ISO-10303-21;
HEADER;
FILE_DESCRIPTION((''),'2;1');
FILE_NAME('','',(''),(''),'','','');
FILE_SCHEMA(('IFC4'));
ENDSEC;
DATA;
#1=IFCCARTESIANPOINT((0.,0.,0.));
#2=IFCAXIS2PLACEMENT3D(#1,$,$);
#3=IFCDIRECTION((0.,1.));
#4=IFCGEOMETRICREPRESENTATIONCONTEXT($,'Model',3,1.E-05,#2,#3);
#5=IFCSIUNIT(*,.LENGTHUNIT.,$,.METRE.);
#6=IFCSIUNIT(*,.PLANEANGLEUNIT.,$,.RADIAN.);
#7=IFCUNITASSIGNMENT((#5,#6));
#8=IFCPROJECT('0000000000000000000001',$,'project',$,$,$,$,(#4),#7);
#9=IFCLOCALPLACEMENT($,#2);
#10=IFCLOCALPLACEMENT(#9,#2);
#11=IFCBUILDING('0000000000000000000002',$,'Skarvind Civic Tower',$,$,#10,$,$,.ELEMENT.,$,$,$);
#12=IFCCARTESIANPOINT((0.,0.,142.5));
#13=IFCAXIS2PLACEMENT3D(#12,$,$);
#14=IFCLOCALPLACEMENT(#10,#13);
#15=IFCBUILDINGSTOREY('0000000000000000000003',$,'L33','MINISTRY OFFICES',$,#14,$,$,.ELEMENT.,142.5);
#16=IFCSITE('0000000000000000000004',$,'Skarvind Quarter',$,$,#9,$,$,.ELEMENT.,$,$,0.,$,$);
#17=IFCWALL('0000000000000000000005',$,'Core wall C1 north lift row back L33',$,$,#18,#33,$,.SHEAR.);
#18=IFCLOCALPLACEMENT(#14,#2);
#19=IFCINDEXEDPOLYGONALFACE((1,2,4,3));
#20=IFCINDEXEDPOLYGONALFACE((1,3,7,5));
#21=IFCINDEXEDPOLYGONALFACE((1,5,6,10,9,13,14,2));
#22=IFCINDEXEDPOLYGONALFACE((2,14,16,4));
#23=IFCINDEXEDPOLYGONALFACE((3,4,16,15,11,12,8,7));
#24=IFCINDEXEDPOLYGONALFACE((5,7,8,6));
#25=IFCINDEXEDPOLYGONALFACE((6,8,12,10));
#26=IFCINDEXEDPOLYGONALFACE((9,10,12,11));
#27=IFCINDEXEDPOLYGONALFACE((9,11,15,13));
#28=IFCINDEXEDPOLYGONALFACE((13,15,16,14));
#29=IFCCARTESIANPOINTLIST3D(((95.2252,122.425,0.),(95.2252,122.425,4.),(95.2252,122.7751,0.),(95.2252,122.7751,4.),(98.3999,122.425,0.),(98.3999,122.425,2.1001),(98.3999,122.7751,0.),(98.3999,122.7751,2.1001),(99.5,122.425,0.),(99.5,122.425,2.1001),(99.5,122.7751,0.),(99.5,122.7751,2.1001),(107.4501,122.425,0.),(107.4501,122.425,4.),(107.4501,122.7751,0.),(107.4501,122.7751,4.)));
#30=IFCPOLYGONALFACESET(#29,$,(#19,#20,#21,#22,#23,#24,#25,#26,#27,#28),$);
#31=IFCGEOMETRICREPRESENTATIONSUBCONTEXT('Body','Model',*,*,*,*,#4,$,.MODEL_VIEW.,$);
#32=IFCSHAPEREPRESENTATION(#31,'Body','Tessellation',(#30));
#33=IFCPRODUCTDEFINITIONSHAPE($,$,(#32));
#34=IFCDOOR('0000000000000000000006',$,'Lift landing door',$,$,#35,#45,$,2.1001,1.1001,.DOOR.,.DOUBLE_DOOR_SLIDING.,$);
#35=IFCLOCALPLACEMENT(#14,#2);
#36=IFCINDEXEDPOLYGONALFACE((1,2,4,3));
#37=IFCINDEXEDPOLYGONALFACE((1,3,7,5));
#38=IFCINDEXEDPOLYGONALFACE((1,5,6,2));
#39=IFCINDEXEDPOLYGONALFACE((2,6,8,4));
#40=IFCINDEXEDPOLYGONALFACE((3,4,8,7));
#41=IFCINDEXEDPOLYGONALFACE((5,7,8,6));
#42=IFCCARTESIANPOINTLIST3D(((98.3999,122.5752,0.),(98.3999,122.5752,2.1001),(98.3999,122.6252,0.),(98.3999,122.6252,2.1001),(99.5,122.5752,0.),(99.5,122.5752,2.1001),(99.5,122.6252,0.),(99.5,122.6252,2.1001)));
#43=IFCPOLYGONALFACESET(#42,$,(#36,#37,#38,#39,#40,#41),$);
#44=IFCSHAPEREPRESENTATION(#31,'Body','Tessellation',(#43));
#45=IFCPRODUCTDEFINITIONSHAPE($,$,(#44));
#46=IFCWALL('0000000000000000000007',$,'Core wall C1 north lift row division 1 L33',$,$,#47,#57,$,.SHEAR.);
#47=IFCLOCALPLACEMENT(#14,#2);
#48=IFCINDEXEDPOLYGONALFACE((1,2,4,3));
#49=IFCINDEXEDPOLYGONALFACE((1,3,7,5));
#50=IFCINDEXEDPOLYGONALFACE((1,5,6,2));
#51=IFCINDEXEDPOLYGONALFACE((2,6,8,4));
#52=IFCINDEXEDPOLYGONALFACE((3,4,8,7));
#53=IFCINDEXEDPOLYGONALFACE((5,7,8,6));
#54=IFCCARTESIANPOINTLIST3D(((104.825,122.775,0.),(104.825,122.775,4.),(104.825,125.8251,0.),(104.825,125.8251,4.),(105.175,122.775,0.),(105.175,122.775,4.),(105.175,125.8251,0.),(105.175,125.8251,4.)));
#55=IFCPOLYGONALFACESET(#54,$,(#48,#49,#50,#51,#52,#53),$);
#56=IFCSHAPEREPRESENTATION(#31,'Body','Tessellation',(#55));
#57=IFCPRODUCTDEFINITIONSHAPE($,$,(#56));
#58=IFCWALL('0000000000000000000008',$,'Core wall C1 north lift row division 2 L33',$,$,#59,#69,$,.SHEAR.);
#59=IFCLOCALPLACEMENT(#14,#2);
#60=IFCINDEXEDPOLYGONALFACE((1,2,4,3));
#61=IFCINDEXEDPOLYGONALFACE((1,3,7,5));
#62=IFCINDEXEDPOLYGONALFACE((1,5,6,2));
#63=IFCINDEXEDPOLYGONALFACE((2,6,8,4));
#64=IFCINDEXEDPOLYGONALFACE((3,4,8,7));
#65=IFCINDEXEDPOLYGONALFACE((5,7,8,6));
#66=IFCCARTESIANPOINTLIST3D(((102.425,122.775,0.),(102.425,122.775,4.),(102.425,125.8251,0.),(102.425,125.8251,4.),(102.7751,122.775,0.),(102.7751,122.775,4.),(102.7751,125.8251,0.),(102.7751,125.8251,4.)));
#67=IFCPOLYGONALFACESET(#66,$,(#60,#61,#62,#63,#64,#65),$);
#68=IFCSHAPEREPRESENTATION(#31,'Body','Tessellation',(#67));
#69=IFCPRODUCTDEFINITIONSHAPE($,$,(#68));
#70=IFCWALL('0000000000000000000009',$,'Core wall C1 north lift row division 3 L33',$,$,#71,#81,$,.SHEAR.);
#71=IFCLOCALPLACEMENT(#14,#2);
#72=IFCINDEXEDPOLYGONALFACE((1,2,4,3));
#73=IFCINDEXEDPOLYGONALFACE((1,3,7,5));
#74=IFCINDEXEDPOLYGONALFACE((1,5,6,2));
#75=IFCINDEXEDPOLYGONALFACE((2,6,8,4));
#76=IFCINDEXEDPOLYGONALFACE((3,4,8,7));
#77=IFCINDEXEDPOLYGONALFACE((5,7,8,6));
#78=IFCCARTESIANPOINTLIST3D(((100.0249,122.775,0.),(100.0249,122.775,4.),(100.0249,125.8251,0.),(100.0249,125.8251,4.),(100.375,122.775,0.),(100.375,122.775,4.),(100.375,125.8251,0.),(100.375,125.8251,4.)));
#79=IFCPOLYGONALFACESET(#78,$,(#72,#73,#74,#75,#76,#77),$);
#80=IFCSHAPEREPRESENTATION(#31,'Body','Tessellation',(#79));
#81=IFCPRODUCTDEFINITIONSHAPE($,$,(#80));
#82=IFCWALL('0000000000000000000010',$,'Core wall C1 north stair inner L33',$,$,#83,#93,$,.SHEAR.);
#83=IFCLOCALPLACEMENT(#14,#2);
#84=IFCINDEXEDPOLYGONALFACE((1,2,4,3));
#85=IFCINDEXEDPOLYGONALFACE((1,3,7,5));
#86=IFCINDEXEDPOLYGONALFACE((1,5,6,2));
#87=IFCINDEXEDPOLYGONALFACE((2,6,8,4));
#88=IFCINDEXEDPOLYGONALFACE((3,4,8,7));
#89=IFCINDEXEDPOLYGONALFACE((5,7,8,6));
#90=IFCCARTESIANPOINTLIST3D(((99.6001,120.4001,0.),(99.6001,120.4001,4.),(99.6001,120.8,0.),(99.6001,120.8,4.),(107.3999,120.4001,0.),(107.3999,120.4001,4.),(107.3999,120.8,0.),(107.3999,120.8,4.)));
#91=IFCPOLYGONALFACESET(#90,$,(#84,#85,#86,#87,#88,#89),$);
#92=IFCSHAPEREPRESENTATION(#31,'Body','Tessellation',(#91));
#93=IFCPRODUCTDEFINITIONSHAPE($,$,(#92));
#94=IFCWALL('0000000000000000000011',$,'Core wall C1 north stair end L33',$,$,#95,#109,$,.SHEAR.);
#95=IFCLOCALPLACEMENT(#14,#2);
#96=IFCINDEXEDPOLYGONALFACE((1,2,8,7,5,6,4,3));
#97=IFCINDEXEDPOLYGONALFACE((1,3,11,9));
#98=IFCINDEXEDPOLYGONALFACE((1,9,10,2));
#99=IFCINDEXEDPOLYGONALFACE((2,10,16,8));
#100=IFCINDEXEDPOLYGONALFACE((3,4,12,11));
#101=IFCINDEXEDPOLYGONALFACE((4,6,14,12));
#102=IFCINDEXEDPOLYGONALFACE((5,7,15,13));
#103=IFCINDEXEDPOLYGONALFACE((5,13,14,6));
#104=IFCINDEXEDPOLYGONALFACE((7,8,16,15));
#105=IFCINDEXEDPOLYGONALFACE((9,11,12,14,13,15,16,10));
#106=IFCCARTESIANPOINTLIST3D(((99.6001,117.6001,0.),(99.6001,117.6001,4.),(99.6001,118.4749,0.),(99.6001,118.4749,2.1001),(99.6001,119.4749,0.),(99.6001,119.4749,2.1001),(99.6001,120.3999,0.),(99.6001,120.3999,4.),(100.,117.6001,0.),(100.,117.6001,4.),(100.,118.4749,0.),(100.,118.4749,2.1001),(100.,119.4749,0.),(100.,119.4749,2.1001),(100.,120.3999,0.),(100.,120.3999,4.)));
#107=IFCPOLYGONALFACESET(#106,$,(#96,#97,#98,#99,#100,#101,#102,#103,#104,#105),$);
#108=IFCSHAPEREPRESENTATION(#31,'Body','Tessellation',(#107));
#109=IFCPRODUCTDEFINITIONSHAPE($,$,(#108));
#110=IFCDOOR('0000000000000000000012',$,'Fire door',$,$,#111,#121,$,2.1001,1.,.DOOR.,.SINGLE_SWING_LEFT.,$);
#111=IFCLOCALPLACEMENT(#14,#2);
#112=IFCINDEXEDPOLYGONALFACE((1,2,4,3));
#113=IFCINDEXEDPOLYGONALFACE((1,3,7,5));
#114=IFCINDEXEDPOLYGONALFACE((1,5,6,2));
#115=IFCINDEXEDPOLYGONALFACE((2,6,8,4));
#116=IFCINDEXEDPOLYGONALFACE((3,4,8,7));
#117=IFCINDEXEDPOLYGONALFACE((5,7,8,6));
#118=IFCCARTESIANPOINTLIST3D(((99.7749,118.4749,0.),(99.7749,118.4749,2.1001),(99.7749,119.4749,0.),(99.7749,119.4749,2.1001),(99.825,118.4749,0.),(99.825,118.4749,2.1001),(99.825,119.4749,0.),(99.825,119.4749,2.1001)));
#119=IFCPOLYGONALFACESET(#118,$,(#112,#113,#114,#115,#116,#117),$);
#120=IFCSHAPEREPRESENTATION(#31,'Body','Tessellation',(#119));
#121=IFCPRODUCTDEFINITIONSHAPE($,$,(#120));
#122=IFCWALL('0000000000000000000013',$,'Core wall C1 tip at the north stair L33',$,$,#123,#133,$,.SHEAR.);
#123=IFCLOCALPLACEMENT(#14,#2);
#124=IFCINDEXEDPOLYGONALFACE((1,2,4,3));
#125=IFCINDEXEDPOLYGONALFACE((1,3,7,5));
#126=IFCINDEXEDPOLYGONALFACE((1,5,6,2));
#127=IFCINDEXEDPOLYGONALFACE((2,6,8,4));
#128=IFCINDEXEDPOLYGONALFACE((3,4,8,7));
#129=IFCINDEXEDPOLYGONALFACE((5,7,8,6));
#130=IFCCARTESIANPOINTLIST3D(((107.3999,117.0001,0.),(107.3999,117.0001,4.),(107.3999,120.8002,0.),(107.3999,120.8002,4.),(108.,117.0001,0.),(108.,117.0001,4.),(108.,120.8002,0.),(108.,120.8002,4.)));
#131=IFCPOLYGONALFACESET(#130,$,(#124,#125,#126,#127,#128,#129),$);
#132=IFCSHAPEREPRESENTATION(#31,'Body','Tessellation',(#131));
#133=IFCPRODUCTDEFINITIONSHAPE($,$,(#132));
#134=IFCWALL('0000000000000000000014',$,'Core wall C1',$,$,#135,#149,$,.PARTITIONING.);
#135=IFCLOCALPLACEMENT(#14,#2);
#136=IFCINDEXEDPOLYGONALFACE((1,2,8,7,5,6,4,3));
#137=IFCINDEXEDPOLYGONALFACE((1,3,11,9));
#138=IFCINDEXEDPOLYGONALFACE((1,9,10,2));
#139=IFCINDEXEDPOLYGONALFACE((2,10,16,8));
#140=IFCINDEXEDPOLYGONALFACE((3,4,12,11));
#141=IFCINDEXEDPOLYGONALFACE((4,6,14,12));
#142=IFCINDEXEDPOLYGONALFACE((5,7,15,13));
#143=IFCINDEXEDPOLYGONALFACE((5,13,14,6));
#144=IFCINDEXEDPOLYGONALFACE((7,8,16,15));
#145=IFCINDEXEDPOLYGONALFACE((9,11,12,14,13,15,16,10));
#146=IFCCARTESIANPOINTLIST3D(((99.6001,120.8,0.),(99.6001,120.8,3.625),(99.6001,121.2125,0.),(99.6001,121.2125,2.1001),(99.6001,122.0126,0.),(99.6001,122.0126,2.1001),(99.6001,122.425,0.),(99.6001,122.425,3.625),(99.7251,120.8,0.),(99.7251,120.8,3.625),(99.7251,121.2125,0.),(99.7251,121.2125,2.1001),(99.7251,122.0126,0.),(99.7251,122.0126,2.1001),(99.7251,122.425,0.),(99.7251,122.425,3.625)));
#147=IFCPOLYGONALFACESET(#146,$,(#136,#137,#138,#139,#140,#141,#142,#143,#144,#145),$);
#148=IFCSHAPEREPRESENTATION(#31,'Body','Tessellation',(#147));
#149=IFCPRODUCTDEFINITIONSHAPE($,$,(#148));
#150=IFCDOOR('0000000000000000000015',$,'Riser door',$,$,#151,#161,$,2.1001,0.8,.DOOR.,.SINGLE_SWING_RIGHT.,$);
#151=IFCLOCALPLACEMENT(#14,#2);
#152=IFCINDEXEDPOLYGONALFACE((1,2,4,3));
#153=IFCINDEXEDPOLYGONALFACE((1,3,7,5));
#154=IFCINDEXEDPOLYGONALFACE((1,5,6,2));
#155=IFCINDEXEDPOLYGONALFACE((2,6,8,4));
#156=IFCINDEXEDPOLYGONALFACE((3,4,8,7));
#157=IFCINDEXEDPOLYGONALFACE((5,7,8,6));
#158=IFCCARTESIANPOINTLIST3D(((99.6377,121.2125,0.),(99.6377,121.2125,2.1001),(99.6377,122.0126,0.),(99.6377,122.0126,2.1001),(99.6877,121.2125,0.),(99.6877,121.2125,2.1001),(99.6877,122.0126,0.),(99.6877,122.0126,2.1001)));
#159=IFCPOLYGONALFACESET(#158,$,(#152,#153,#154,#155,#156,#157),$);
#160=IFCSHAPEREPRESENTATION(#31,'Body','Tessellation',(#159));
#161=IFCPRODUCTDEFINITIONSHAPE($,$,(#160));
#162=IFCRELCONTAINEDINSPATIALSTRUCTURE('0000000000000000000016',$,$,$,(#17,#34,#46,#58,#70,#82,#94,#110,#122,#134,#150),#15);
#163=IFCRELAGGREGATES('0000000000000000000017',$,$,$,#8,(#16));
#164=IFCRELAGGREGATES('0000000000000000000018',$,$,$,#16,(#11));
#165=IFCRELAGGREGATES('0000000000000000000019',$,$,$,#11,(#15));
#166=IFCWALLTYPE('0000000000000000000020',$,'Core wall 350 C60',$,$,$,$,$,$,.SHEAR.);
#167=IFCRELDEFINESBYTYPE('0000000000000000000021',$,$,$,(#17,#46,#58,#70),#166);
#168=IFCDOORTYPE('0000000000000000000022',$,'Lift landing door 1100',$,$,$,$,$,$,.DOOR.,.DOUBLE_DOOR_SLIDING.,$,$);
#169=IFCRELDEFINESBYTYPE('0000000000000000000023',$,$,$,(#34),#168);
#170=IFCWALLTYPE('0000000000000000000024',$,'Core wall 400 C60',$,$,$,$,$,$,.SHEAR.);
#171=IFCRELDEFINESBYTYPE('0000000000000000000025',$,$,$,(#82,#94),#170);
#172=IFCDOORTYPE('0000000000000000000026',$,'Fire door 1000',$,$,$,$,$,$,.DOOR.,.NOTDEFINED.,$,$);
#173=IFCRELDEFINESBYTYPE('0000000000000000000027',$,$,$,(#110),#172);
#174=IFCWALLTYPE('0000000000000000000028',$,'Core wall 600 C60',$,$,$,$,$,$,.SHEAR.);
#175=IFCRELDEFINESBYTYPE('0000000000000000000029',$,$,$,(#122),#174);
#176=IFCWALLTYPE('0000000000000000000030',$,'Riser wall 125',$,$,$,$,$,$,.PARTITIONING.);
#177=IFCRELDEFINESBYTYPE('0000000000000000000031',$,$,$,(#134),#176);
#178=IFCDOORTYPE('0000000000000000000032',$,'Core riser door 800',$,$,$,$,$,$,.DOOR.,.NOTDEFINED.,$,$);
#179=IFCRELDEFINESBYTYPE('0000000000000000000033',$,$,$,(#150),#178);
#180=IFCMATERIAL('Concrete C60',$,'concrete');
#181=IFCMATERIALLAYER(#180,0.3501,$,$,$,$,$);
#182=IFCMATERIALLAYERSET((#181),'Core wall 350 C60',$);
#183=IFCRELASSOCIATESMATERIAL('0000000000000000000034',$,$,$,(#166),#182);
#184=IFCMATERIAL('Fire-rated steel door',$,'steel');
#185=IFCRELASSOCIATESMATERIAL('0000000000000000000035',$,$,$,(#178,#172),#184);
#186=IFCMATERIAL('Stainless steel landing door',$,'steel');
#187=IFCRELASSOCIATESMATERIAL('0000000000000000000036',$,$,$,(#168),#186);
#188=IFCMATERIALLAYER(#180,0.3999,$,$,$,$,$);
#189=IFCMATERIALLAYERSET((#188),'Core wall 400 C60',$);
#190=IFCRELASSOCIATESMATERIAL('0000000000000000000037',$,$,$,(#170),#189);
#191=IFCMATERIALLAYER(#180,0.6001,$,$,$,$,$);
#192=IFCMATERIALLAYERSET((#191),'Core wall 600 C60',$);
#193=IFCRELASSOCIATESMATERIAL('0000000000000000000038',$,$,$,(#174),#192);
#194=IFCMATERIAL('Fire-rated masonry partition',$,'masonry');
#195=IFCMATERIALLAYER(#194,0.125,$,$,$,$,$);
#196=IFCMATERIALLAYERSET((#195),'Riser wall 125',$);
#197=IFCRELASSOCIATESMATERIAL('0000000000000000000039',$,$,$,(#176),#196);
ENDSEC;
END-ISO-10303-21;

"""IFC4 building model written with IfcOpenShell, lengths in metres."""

from ifc_helpers import new_model, si_unit, direction, frame, frame_2d, origin, place, context, subcontext, project, spatial, rectangle, extrude, material, layer, layer_set, type_object, element, fill, save


model = new_model("IFC4")

# Units and contexts
model_context = context("Model", 3, precision=1e-05, world=origin(), true_north=direction((0.0, 1.0)))
body_context = subcontext(model_context, "Body", "Model", "MODEL_VIEW")
ifc_project = project(units=[si_unit("LENGTHUNIT", "METRE"), si_unit("PLANEANGLEUNIT", "RADIAN")], contexts=[model_context])

# Site, building, storey
site_placement = place(None, origin())
site = spatial("IfcSite", under=ifc_project, at=site_placement, Name="Skarvind Quarter", CompositionType="ELEMENT", RefElevation=0.0)
building_placement = place(site_placement, origin())
building = spatial("IfcBuilding", under=site, at=building_placement, Name="Skarvind Civic Tower", CompositionType="ELEMENT")
storey_placement = place(building_placement, frame((0.0, 0.0, 142.5)))
storey = spatial("IfcBuildingStorey", under=building, at=storey_placement, Name="L33", Description="MINISTRY OFFICES", CompositionType="ELEMENT", Elevation=142.5)

# Shared definitions
ifc_material_1 = material(Name="Concrete C60", Category="concrete")
ifc_layer_1 = layer(ifc_material_1, 0.3501)
ifc_layer_set_1 = layer_set([ifc_layer_1], Name="Core wall 350 C60")
wall_type_1 = type_object("IfcWallType", Name="Core wall 350 C60", PredefinedType="SHEAR", material=ifc_layer_set_1)
ifc_material_2 = material(Name="Fire-rated steel door", Category="steel")
door_type_1 = type_object("IfcDoorType", Name="Core riser door 800", OperationType="NOTDEFINED", PredefinedType="DOOR", material=ifc_material_2)

# Shared definitions
ifc_material_3 = material(Name="Stainless steel landing door", Category="steel")
door_type_2 = type_object("IfcDoorType", Name="Lift landing door 1100", OperationType="DOUBLE_DOOR_SLIDING", PredefinedType="DOOR", material=ifc_material_3)

# Wall, opening, door
wall_1_placement = place(storey_placement, frame((107.45, 122.6001, 0.0), z_axis=(0.0, 0.0, 1.0), x_axis=(-1.0, 0.0, 0.0)))
wall_1 = element("IfcWall", 1, at=wall_1_placement, inside=storey, type_object=wall_type_1, Name="Core wall C1 north lift row back L33", PredefinedType="SHEAR", context=body_context, shape_type="SweptSolid", body=[
    extrude(rectangle(XDim=12.2249, YDim=0.3501, at=frame_2d((6.1123, 0.0))), origin(), (0.0, 0.0, 1.0), 4.0),
])
opening_1_placement = place(wall_1_placement, frame((7.95, 0.0, 0.0)))
opening_1 = element("IfcOpeningElement", 2, at=opening_1_placement, cuts=wall_1, PredefinedType="OPENING", context=body_context, shape_type="SweptSolid", body=[
    extrude(rectangle(XDim=1.1001, YDim=2.1001, at=frame_2d((0.55, 1.05))), frame((0.0, 0.1851, 0.0), z_axis=(0.0, -1.0, 0.0), x_axis=(1.0, 0.0, 0.0)), (0.0, 0.0, 1.0), 0.3701),
])
door_1_placement = place(opening_1_placement, origin())
door_1 = element("IfcDoor", 3, at=door_1_placement, inside=storey, type_object=door_type_2, Name="Lift landing door", OperationType="DOUBLE_DOOR_SLIDING", OverallHeight=2.1001, OverallWidth=1.1001, PredefinedType="DOOR", context=body_context, shape_type="SweptSolid", body=[
    extrude(rectangle(XDim=1.1001, YDim=2.1001, at=frame_2d((0.55, 1.05))), frame((0.0, 0.0249, 0.0), z_axis=(0.0, -1.0, 0.0), x_axis=(1.0, 0.0, 0.0)), (0.0, 0.0, 1.0), 0.05),
])
fill(opening_1, door_1)

# Walls
for number, where, z_axis, x_axis, name in (
    (4, (105.0, 125.825, 0.0), (0.0, 0.0, 1.0), (0.0, -1.0, 0.0), "Core wall C1 north lift row division 1 L33"),
    (5, (102.6001, 125.825, 0.0), (0.0, 0.0, 1.0), (0.0, -1.0, 0.0), "Core wall C1 north lift row division 2 L33"),
    (6, (100.2, 125.825, 0.0), (0.0, 0.0, 1.0), (0.0, -1.0, 0.0), "Core wall C1 north lift row division 3 L33"),
):
    element("IfcWall", number, at=place(storey_placement, frame(where, z_axis=z_axis, x_axis=x_axis)), inside=storey, type_object=wall_type_1, Name=name, PredefinedType="SHEAR", context=body_context, shape_type="SweptSolid", body=[
        extrude(rectangle(XDim=3.05, YDim=0.3501, at=frame_2d((1.5249, 0.0))), origin(), (0.0, 0.0, 1.0), 4.0),
    ])
ifc_layer_2 = layer(ifc_material_1, 0.3999)
ifc_layer_set_2 = layer_set([ifc_layer_2], Name="Core wall 400 C60")
wall_type_2 = type_object("IfcWallType", Name="Core wall 400 C60", PredefinedType="SHEAR", material=ifc_layer_set_2)
wall_2_placement = place(storey_placement, frame((107.3999, 120.6001, 0.0), z_axis=(0.0, 0.0, 1.0), x_axis=(-1.0, 0.0, 0.0)))
element("IfcWall", 7, at=wall_2_placement, inside=storey, type_object=wall_type_2, Name="Core wall C1 north stair inner L33", PredefinedType="SHEAR", context=body_context, shape_type="SweptSolid", body=[
    extrude(rectangle(XDim=7.7998, YDim=0.3999, at=frame_2d((3.8999, 0.0))), origin(), (0.0, 0.0, 1.0), 4.0),
])

# Wall, opening, door
wall_3_placement = place(storey_placement, frame((99.8, 120.3999, 0.0), z_axis=(0.0, 0.0, 1.0), x_axis=(0.0, -1.0, 0.0)))
wall_3 = element("IfcWall", 8, at=wall_3_placement, inside=storey, type_object=wall_type_2, Name="Core wall C1 north stair end L33", PredefinedType="SHEAR", context=body_context, shape_type="SweptSolid", body=[
    extrude(rectangle(XDim=2.7998, YDim=0.3999, at=frame_2d((1.3999, 0.0))), origin(), (0.0, 0.0, 1.0), 4.0),
])
opening_2_placement = place(wall_3_placement, frame((0.925, 0.0, 0.0)))
opening_2 = element("IfcOpeningElement", 9, at=opening_2_placement, cuts=wall_3, PredefinedType="OPENING", context=body_context, shape_type="SweptSolid", body=[
    extrude(rectangle(XDim=1.0, YDim=2.1001, at=frame_2d((0.5, 1.05))), frame((0.0, 0.21, 0.0), z_axis=(0.0, -1.0, 0.0), x_axis=(1.0, 0.0, 0.0)), (0.0, 0.0, 1.0), 0.4199),
])
door_type_3 = type_object("IfcDoorType", Name="Fire door 1000", OperationType="NOTDEFINED", PredefinedType="DOOR", material=ifc_material_2)
door_2_placement = place(opening_2_placement, origin())
door_2 = element("IfcDoor", 10, at=door_2_placement, inside=storey, type_object=door_type_3, Name="Fire door", OperationType="SINGLE_SWING_LEFT", OverallHeight=2.1001, OverallWidth=1.0, PredefinedType="DOOR", context=body_context, shape_type="SweptSolid", body=[
    extrude(rectangle(XDim=1.0, YDim=2.1001, at=frame_2d((0.5, 1.05))), frame((0.0, 0.0249, 0.0), z_axis=(0.0, -1.0, 0.0), x_axis=(1.0, 0.0, 0.0)), (0.0, 0.0, 1.0), 0.05),
])
fill(opening_2, door_2)

# Wall
ifc_layer_3 = layer(ifc_material_1, 0.6001)
ifc_layer_set_3 = layer_set([ifc_layer_3], Name="Core wall 600 C60")
wall_type_3 = type_object("IfcWallType", Name="Core wall 600 C60", PredefinedType="SHEAR", material=ifc_layer_set_3)
wall_4_placement = place(storey_placement, frame((107.7, 120.8, 0.0), z_axis=(0.0, 0.0, 1.0), x_axis=(0.0, -1.0, 0.0)))
element("IfcWall", 11, at=wall_4_placement, inside=storey, type_object=wall_type_3, Name="Core wall C1 tip at the north stair L33", PredefinedType="SHEAR", context=body_context, shape_type="SweptSolid", body=[
    extrude(rectangle(XDim=3.8, YDim=0.6001, at=frame_2d((1.8999, 0.0))), origin(), (0.0, 0.0, 1.0), 4.0),
])

# Wall, opening, door
ifc_material_4 = material(Name="Fire-rated masonry partition", Category="masonry")
ifc_layer_4 = layer(ifc_material_4, 0.125)
ifc_layer_set_4 = layer_set([ifc_layer_4], Name="Riser wall 125")
wall_type_4 = type_object("IfcWallType", Name="Riser wall 125", PredefinedType="PARTITIONING", material=ifc_layer_set_4)
wall_5_placement = place(storey_placement, frame((99.6626, 120.8, 0.0), z_axis=(0.0, 0.0, 1.0), x_axis=(0.0, 1.0, 0.0)))
wall_5 = element("IfcWall", 12, at=wall_5_placement, inside=storey, type_object=wall_type_4, Name="Core wall C1", PredefinedType="PARTITIONING", context=body_context, shape_type="SweptSolid", body=[
    extrude(rectangle(XDim=1.625, YDim=0.125, at=frame_2d((0.8125, 0.0))), origin(), (0.0, 0.0, 1.0), 3.625),
])
opening_3_placement = place(wall_5_placement, frame((0.4126, 0.0, 0.0)))
opening_3 = element("IfcOpeningElement", 13, at=opening_3_placement, cuts=wall_5, PredefinedType="OPENING", context=body_context, shape_type="SweptSolid", body=[
    extrude(rectangle(XDim=0.8, YDim=2.1001, at=frame_2d((0.3999, 1.05))), frame((0.0, 0.0725, 0.0), z_axis=(0.0, -1.0, 0.0), x_axis=(1.0, 0.0, 0.0)), (0.0, 0.0, 1.0), 0.145),
])
door_3_placement = place(opening_3_placement, origin())
door_3 = element("IfcDoor", 14, at=door_3_placement, inside=storey, type_object=door_type_1, Name="Riser door", OperationType="SINGLE_SWING_RIGHT", OverallHeight=2.1001, OverallWidth=0.8, PredefinedType="DOOR", context=body_context, shape_type="SweptSolid", body=[
    extrude(rectangle(XDim=0.8, YDim=2.1001, at=frame_2d((0.3999, 1.05))), frame((0.0, 0.0249, 0.0), z_axis=(0.0, -1.0, 0.0), x_axis=(1.0, 0.0, 0.0)), (0.0, 0.0, 1.0), 0.05),
])
fill(opening_3, door_3)

save(model, "model.ifc")
